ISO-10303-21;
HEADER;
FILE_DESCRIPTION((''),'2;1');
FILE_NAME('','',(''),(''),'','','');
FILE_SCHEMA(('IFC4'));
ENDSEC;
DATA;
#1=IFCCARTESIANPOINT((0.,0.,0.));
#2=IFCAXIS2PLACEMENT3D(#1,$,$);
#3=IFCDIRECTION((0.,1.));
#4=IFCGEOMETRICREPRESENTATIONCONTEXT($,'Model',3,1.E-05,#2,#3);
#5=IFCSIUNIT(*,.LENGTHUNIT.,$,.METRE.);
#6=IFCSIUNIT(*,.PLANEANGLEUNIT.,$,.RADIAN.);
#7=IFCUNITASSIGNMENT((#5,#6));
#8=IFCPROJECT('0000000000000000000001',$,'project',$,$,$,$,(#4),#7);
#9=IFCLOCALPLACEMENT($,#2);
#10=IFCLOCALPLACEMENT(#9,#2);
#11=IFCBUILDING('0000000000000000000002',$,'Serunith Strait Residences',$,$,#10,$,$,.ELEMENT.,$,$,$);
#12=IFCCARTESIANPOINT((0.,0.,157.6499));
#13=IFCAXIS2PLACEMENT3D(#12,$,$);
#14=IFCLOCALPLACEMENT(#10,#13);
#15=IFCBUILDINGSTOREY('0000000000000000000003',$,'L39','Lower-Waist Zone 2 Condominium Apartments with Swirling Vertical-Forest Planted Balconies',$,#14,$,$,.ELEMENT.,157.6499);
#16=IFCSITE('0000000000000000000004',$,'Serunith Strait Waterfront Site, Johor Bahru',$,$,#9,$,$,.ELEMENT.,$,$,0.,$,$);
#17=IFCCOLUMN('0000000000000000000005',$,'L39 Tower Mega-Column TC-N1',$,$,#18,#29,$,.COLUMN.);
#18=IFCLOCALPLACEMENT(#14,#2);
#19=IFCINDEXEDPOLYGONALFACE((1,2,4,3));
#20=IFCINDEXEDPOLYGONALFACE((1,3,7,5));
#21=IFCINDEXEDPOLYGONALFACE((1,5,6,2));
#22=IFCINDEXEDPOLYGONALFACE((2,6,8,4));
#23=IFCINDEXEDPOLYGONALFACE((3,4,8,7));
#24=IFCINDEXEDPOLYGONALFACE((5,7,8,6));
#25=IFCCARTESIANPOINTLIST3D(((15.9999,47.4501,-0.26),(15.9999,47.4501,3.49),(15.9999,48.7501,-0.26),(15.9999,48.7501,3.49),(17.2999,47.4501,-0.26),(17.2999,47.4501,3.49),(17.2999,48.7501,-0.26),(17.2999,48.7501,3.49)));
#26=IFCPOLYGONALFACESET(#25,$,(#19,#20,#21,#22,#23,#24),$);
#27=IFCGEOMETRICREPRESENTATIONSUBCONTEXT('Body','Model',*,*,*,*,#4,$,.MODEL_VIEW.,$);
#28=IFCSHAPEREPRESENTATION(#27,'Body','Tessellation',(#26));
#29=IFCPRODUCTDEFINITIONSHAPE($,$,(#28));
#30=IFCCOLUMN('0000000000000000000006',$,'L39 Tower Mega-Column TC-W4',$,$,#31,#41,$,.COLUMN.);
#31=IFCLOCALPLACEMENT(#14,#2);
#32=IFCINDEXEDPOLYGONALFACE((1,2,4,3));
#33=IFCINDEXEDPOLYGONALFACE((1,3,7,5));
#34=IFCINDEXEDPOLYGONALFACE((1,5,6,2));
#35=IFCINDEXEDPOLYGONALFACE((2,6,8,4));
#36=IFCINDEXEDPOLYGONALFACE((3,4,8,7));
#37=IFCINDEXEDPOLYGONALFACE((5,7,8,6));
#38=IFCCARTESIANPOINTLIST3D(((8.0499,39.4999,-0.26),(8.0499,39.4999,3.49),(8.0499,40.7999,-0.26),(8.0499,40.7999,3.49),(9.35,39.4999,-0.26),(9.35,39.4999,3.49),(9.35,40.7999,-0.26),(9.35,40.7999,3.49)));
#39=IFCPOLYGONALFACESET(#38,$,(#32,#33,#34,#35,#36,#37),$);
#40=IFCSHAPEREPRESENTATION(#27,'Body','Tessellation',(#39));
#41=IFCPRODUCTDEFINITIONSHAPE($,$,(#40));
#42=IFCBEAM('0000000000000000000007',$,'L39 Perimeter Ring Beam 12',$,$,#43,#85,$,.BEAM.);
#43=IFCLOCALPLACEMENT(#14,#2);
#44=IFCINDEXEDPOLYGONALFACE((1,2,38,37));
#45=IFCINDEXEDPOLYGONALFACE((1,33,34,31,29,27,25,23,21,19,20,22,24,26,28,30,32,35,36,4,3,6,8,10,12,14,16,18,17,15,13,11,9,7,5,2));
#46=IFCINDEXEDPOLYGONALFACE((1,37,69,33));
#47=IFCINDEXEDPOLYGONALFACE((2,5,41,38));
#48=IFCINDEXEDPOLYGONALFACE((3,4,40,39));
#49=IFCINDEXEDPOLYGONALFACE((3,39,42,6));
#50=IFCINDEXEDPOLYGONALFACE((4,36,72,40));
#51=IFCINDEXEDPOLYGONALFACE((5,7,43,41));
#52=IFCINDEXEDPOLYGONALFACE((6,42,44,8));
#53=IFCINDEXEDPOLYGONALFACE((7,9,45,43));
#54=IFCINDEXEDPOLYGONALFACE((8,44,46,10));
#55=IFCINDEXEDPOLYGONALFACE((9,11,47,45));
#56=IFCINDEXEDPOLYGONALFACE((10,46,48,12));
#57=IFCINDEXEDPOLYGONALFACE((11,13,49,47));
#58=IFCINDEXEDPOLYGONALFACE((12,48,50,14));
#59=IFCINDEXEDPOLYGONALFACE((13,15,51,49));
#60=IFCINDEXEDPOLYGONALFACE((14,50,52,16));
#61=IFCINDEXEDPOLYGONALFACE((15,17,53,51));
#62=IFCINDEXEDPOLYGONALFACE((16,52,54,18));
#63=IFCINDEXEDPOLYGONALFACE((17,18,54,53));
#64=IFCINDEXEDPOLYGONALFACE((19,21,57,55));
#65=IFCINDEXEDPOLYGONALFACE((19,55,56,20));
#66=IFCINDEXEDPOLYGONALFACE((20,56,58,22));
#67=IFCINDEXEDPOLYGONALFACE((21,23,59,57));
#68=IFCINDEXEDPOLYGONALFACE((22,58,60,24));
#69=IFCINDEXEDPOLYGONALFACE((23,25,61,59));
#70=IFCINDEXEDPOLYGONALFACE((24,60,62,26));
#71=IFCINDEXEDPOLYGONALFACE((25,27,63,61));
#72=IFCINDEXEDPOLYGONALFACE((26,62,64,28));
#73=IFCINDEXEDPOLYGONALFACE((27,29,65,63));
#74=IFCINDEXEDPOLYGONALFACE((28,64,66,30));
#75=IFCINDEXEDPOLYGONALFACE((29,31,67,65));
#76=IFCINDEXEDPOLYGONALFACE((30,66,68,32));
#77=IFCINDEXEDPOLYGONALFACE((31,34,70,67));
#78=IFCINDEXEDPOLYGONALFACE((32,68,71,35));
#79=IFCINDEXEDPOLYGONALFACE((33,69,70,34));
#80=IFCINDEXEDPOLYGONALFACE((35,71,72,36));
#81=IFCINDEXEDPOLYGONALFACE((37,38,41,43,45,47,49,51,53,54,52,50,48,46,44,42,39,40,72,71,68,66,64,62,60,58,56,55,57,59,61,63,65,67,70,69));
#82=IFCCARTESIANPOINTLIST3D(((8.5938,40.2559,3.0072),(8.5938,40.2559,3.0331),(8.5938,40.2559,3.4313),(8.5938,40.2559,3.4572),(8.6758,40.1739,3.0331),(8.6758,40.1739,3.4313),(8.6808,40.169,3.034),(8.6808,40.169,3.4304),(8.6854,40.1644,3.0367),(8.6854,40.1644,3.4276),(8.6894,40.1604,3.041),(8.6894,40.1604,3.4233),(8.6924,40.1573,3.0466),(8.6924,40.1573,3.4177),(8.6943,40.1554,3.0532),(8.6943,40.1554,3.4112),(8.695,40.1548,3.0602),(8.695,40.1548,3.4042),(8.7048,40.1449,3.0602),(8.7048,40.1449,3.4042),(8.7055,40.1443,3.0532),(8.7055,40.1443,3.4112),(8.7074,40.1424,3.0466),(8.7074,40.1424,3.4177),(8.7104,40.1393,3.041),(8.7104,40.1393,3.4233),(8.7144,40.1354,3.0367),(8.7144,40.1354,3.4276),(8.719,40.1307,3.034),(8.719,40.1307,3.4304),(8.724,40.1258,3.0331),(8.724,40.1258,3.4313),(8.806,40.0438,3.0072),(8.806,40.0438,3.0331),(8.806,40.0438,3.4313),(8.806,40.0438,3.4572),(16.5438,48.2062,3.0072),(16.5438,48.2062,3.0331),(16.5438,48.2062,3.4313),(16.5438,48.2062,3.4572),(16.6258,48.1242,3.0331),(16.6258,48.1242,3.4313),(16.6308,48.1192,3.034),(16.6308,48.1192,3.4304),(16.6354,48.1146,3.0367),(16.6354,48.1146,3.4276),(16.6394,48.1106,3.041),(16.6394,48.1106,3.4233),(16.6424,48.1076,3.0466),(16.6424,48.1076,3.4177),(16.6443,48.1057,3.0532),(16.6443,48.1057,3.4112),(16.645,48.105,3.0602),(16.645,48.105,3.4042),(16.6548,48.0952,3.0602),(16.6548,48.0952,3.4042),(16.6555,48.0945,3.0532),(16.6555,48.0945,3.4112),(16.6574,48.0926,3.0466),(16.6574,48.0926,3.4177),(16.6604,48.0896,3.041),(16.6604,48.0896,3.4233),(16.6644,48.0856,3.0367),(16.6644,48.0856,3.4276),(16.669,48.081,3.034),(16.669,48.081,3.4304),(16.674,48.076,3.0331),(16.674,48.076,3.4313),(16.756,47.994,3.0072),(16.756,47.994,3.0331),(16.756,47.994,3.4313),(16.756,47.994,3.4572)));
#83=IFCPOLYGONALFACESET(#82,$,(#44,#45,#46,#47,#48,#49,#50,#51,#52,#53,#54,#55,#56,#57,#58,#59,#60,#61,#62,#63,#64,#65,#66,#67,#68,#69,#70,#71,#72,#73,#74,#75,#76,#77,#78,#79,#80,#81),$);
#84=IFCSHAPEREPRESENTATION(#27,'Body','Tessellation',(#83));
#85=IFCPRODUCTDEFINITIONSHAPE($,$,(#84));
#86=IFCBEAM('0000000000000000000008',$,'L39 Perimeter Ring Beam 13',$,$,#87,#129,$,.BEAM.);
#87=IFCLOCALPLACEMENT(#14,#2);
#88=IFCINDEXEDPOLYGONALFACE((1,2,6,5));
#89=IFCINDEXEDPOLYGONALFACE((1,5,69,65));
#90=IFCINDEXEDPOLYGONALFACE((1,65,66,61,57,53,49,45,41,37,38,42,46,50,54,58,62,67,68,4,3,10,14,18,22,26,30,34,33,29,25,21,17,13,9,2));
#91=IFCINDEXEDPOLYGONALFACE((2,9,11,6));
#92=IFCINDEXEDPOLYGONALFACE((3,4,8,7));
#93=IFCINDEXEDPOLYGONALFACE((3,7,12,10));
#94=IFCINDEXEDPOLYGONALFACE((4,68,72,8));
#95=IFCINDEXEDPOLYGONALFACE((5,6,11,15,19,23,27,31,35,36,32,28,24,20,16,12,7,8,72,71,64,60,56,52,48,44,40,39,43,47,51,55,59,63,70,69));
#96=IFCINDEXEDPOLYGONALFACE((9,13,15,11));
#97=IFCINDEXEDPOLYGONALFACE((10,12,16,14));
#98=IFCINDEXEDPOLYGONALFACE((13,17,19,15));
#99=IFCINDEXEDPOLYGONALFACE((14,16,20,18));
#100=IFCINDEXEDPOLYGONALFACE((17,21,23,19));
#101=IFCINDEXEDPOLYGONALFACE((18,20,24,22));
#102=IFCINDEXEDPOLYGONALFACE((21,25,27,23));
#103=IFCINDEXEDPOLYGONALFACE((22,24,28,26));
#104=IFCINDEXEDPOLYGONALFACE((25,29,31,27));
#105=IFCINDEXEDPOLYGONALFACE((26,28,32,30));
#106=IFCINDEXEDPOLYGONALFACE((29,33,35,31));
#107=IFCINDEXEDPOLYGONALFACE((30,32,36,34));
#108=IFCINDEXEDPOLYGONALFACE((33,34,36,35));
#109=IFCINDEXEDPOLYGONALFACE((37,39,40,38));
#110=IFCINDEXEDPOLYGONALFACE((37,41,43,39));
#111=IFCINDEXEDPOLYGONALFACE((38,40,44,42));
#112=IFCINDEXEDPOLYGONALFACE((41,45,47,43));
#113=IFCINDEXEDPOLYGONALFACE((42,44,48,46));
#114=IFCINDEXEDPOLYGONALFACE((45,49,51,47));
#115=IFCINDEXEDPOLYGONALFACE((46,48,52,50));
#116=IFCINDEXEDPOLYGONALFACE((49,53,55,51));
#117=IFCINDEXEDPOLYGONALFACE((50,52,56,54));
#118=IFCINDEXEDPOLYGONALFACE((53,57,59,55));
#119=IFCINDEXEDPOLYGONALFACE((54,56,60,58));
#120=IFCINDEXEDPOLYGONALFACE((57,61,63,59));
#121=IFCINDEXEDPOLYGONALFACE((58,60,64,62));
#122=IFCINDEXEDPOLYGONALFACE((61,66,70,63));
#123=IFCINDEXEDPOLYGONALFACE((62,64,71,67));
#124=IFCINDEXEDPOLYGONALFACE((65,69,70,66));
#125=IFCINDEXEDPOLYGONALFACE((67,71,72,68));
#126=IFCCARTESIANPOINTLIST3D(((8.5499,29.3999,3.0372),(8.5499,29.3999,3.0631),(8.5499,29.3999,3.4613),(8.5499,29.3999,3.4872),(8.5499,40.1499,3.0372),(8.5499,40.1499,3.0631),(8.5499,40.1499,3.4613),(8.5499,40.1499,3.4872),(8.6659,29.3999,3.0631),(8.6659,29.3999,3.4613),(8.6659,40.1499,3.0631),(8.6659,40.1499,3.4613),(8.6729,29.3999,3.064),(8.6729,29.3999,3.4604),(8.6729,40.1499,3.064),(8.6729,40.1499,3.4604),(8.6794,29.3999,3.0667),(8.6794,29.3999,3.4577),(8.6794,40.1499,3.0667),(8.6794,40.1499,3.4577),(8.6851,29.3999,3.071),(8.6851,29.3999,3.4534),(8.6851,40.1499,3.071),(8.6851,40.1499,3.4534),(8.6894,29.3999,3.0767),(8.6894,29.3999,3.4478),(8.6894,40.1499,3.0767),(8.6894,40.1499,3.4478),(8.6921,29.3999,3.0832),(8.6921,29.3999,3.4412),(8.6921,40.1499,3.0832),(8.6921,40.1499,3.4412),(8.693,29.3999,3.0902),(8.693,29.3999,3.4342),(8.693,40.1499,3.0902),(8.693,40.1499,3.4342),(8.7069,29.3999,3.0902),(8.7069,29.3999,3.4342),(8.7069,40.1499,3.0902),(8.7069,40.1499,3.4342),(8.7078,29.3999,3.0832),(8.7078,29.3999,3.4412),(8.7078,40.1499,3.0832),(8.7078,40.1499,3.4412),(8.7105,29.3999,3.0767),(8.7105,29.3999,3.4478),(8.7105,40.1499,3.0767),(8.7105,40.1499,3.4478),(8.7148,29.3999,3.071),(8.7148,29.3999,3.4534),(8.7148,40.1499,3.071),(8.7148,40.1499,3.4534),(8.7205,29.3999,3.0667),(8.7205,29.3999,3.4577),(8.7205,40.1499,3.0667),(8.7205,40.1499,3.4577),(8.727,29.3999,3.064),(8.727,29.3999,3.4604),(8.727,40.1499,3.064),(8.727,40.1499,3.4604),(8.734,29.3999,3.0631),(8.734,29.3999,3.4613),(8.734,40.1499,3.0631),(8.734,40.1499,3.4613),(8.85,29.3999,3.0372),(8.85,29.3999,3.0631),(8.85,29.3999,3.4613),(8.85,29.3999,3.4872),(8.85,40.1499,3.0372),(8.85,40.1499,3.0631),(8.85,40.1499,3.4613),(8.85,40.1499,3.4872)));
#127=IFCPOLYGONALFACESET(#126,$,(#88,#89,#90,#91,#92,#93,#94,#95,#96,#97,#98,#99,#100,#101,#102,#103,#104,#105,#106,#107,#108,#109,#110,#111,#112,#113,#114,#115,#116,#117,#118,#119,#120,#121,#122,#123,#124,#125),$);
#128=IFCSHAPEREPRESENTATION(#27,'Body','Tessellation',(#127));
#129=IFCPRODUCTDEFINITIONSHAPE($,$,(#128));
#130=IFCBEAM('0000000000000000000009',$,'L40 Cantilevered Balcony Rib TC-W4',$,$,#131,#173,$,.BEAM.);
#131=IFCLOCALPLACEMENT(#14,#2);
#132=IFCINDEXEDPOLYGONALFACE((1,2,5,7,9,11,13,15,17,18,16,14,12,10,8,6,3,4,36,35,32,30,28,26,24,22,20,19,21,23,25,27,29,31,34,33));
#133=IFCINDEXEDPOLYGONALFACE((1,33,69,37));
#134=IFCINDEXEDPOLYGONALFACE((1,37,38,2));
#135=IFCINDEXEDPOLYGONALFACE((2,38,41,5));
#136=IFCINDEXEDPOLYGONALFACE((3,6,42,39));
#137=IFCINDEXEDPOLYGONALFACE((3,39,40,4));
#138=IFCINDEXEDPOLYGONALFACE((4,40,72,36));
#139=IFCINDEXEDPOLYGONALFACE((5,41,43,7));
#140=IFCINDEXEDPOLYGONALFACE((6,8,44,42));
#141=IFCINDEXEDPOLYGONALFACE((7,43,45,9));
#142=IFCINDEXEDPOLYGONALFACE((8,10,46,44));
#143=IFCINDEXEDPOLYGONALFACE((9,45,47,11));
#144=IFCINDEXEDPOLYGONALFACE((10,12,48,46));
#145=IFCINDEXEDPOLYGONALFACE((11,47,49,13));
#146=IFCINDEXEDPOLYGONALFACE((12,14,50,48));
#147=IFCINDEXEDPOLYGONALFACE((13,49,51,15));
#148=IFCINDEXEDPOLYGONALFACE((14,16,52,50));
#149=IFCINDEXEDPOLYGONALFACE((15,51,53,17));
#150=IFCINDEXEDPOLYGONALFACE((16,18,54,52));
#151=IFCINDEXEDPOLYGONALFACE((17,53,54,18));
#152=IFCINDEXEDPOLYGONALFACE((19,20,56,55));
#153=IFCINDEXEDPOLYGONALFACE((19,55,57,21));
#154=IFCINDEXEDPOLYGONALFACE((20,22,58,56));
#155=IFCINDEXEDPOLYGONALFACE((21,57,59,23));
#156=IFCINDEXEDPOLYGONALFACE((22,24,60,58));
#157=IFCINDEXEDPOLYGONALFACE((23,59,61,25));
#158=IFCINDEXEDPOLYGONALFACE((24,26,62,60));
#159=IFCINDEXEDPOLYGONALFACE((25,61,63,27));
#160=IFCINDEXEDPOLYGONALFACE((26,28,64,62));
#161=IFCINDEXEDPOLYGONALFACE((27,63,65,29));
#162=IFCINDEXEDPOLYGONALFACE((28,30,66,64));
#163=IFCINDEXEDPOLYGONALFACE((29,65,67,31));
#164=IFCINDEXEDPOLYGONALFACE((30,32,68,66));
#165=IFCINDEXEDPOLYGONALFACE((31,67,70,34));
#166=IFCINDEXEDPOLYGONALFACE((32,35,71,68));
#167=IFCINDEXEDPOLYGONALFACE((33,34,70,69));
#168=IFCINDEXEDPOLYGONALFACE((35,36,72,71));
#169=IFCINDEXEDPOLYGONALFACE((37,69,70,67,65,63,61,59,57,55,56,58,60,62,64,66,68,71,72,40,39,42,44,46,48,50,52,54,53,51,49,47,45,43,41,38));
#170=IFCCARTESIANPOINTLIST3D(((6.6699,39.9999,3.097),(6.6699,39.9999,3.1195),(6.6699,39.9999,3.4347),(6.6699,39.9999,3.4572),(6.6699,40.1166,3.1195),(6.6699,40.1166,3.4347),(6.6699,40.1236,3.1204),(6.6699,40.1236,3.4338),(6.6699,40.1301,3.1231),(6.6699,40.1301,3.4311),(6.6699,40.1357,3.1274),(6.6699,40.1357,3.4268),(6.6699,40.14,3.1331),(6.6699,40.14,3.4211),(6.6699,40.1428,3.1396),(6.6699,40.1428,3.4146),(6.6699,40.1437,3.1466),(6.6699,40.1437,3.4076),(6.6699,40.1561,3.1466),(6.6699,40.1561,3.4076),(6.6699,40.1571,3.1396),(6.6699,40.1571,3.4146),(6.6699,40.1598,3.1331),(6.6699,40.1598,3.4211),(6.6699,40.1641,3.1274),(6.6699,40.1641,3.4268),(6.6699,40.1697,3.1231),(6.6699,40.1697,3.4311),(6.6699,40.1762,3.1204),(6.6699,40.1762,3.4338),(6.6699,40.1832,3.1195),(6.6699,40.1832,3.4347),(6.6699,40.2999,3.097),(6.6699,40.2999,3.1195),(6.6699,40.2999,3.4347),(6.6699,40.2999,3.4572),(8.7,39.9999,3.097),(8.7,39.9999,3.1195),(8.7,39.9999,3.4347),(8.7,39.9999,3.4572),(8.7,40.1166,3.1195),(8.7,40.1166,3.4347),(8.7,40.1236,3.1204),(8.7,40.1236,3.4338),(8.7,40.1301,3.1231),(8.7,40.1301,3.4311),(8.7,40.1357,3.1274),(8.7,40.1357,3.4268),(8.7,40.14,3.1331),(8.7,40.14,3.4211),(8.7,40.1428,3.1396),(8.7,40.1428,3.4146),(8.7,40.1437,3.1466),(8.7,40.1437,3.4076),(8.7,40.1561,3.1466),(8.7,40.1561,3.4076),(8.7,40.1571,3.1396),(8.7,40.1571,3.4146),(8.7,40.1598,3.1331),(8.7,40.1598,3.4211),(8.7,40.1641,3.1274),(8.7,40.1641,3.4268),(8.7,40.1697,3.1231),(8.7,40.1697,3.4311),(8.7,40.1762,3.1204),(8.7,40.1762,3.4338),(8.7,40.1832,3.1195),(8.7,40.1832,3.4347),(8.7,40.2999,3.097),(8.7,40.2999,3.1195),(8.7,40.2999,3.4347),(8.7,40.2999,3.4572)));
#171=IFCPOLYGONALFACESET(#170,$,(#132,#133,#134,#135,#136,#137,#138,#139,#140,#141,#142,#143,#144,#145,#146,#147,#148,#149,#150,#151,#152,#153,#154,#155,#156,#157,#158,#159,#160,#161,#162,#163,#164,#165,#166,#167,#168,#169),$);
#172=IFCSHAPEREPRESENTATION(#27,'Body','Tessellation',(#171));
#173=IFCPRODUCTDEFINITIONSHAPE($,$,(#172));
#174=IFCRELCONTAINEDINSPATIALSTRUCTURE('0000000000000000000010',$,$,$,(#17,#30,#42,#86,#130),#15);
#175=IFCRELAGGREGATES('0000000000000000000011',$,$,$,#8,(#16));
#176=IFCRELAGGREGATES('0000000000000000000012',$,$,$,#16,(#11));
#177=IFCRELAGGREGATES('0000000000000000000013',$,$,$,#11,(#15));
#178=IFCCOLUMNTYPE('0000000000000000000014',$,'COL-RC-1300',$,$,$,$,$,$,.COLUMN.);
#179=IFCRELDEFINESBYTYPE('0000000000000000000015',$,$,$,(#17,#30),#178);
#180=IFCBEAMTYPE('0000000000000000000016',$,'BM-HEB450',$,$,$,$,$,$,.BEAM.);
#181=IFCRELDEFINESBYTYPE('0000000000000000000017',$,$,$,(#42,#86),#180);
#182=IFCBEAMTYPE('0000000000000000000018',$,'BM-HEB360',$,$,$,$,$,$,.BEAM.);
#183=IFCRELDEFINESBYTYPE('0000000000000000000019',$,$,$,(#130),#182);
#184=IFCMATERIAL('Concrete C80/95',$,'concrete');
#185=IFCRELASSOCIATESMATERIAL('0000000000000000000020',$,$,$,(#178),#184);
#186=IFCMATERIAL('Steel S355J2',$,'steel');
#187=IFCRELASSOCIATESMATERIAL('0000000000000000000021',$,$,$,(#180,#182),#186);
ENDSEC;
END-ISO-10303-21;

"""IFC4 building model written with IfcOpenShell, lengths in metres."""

from ifc_helpers import new_model, si_unit, direction, frame, origin, origin_2d, place, context, subcontext, project, spatial, rectangle, i_section, extrude, source, transform, mapped, material, material_profile, profile_set, type_object, element, save


model = new_model("IFC4")

# Units and contexts
model_context = context("Model", 3, precision=1e-05, world=origin(), true_north=direction((0.0, 1.0)))
body_context = subcontext(model_context, "Body", "Model", "MODEL_VIEW")
ifc_project = project(units=[si_unit("LENGTHUNIT", "METRE"), si_unit("PLANEANGLEUNIT", "RADIAN")], contexts=[model_context])

# Site, building, storey
site_placement = place(None, origin())
site = spatial("IfcSite", under=ifc_project, at=site_placement, Name="Serunith Strait Waterfront Site, Johor Bahru", CompositionType="ELEMENT", RefElevation=0.0)
building_placement = place(site_placement, origin())
building = spatial("IfcBuilding", under=site, at=building_placement, Name="Serunith Strait Residences", CompositionType="ELEMENT")
storey_placement = place(building_placement, frame((0.0, 0.0, 157.6499)))
storey = spatial("IfcBuildingStorey", under=building, at=storey_placement, Name="L39", Description="Lower-Waist Zone 2 Condominium Apartments with Swirling Vertical-Forest Planted Balconies", CompositionType="ELEMENT", Elevation=157.6499)

# Columns
ifc_material_1 = material(Name="Concrete C80/95", Category="concrete")
ifc_material_profile_1 = material_profile(ifc_material_1, rectangle(XDim=1.3, YDim=1.3, at=origin_2d()), Name="RC 1300x1300")
ifc_profile_set_1 = profile_set([ifc_material_profile_1], Name="Concrete C80/95")
column_type = type_object("IfcColumnType", Name="COL-RC-1300", PredefinedType="COLUMN", material=ifc_profile_set_1)
shared_shape_1 = source(origin(), body_context, "Body", "SweptSolid", [
    extrude(rectangle(XDim=1.3, YDim=1.3, at=origin_2d()), origin(), (0.0, 0.0, 1.0), 3.75),
])
for number, where, z_axis, x_axis, name in (
    (1, (16.6499, 48.1001, -0.26), (0.0, 0.0, 1.0), (1.0, 0.0, 0.0), "L39 Tower Mega-Column TC-N1"),
    (2, (8.7, 40.1499, -0.26), (0.0, 0.0, 1.0), (1.0, 0.0, 0.0), "L39 Tower Mega-Column TC-W4"),
):
    element("IfcColumn", number, at=place(storey_placement, frame(where, z_axis=z_axis, x_axis=x_axis)), inside=storey, type_object=column_type, Name=name, PredefinedType="COLUMN", context=body_context, shape_type="MappedRepresentation", body=[
        mapped(shared_shape_1, transform((0.0, 0.0, 0.0), scale=1.0)),
    ])

# Beams
ifc_material_2 = material(Name="Steel S355J2", Category="steel")
ifc_material_profile_2 = material_profile(ifc_material_2, i_section(OverallWidth=0.3, OverallDepth=0.45, WebThickness=0.0139, FlangeThickness=0.0259, FilletRadius=0.0271, at=origin_2d()), Name="HEB 450")
ifc_profile_set_2 = profile_set([ifc_material_profile_2], Name="Steel S355J2")
beam_type_1 = type_object("IfcBeamType", Name="BM-HEB450", PredefinedType="BEAM", material=ifc_profile_set_2)
shared_shape_2 = source(origin(), body_context, "Body", "SweptSolid", [
    extrude(i_section(OverallWidth=0.3, OverallDepth=0.45, WebThickness=0.0139, FlangeThickness=0.0259, FilletRadius=0.0271, at=origin_2d()), origin(), (0.0, 0.0, 1.0), 11.2432),
])
beam_1_placement = place(storey_placement, frame((16.6499, 48.1001, 3.2322), z_axis=(-0.707096, -0.707118, 0.0), x_axis=(0.707118, -0.707096, 0.0)))
element("IfcBeam", 3, at=beam_1_placement, inside=storey, type_object=beam_type_1, Name="L39 Perimeter Ring Beam 12", PredefinedType="BEAM", context=body_context, shape_type="MappedRepresentation", body=[
    mapped(shared_shape_2, transform((0.0, 0.0, 0.0), scale=1.0)),
])
shared_shape_3 = source(origin(), body_context, "Body", "SweptSolid", [
    extrude(i_section(OverallWidth=0.3, OverallDepth=0.45, WebThickness=0.0139, FlangeThickness=0.0259, FilletRadius=0.0271, at=origin_2d()), origin(), (0.0, 0.0, 1.0), 10.75),
])
beam_2_placement = place(storey_placement, frame((8.7, 40.1499, 3.2622), z_axis=(0.0, -1.0, 0.0), x_axis=(1.0, 0.0, 0.0)))
element("IfcBeam", 4, at=beam_2_placement, inside=storey, type_object=beam_type_1, Name="L39 Perimeter Ring Beam 13", PredefinedType="BEAM", context=body_context, shape_type="MappedRepresentation", body=[
    mapped(shared_shape_3, transform((0.0, 0.0, 0.0), scale=1.0)),
])
ifc_material_profile_3 = material_profile(ifc_material_2, i_section(OverallWidth=0.3, OverallDepth=0.3601, WebThickness=0.0125, FlangeThickness=0.0225, FilletRadius=0.0271, at=origin_2d()), Name="HEB 360")
ifc_profile_set_3 = profile_set([ifc_material_profile_3], Name="Steel S355J2")
beam_type_2 = type_object("IfcBeamType", Name="BM-HEB360", PredefinedType="BEAM", material=ifc_profile_set_3)
shared_shape_4 = source(origin(), body_context, "Body", "SweptSolid", [
    extrude(i_section(OverallWidth=0.3, OverallDepth=0.3601, WebThickness=0.0125, FlangeThickness=0.0225, FilletRadius=0.0271, at=origin_2d()), origin(), (0.0, 0.0, 1.0), 2.03),
])
beam_3_placement = place(storey_placement, frame((8.7, 40.1499, 3.2771), z_axis=(-1.0, 0.0, 0.0), x_axis=(0.0, -1.0, 0.0)))
element("IfcBeam", 5, at=beam_3_placement, inside=storey, type_object=beam_type_2, Name="L40 Cantilevered Balcony Rib TC-W4", PredefinedType="BEAM", context=body_context, shape_type="MappedRepresentation", body=[
    mapped(shared_shape_4, transform((0.0, 0.0, 0.0), scale=1.0)),
])

save(model, "model.ifc")
